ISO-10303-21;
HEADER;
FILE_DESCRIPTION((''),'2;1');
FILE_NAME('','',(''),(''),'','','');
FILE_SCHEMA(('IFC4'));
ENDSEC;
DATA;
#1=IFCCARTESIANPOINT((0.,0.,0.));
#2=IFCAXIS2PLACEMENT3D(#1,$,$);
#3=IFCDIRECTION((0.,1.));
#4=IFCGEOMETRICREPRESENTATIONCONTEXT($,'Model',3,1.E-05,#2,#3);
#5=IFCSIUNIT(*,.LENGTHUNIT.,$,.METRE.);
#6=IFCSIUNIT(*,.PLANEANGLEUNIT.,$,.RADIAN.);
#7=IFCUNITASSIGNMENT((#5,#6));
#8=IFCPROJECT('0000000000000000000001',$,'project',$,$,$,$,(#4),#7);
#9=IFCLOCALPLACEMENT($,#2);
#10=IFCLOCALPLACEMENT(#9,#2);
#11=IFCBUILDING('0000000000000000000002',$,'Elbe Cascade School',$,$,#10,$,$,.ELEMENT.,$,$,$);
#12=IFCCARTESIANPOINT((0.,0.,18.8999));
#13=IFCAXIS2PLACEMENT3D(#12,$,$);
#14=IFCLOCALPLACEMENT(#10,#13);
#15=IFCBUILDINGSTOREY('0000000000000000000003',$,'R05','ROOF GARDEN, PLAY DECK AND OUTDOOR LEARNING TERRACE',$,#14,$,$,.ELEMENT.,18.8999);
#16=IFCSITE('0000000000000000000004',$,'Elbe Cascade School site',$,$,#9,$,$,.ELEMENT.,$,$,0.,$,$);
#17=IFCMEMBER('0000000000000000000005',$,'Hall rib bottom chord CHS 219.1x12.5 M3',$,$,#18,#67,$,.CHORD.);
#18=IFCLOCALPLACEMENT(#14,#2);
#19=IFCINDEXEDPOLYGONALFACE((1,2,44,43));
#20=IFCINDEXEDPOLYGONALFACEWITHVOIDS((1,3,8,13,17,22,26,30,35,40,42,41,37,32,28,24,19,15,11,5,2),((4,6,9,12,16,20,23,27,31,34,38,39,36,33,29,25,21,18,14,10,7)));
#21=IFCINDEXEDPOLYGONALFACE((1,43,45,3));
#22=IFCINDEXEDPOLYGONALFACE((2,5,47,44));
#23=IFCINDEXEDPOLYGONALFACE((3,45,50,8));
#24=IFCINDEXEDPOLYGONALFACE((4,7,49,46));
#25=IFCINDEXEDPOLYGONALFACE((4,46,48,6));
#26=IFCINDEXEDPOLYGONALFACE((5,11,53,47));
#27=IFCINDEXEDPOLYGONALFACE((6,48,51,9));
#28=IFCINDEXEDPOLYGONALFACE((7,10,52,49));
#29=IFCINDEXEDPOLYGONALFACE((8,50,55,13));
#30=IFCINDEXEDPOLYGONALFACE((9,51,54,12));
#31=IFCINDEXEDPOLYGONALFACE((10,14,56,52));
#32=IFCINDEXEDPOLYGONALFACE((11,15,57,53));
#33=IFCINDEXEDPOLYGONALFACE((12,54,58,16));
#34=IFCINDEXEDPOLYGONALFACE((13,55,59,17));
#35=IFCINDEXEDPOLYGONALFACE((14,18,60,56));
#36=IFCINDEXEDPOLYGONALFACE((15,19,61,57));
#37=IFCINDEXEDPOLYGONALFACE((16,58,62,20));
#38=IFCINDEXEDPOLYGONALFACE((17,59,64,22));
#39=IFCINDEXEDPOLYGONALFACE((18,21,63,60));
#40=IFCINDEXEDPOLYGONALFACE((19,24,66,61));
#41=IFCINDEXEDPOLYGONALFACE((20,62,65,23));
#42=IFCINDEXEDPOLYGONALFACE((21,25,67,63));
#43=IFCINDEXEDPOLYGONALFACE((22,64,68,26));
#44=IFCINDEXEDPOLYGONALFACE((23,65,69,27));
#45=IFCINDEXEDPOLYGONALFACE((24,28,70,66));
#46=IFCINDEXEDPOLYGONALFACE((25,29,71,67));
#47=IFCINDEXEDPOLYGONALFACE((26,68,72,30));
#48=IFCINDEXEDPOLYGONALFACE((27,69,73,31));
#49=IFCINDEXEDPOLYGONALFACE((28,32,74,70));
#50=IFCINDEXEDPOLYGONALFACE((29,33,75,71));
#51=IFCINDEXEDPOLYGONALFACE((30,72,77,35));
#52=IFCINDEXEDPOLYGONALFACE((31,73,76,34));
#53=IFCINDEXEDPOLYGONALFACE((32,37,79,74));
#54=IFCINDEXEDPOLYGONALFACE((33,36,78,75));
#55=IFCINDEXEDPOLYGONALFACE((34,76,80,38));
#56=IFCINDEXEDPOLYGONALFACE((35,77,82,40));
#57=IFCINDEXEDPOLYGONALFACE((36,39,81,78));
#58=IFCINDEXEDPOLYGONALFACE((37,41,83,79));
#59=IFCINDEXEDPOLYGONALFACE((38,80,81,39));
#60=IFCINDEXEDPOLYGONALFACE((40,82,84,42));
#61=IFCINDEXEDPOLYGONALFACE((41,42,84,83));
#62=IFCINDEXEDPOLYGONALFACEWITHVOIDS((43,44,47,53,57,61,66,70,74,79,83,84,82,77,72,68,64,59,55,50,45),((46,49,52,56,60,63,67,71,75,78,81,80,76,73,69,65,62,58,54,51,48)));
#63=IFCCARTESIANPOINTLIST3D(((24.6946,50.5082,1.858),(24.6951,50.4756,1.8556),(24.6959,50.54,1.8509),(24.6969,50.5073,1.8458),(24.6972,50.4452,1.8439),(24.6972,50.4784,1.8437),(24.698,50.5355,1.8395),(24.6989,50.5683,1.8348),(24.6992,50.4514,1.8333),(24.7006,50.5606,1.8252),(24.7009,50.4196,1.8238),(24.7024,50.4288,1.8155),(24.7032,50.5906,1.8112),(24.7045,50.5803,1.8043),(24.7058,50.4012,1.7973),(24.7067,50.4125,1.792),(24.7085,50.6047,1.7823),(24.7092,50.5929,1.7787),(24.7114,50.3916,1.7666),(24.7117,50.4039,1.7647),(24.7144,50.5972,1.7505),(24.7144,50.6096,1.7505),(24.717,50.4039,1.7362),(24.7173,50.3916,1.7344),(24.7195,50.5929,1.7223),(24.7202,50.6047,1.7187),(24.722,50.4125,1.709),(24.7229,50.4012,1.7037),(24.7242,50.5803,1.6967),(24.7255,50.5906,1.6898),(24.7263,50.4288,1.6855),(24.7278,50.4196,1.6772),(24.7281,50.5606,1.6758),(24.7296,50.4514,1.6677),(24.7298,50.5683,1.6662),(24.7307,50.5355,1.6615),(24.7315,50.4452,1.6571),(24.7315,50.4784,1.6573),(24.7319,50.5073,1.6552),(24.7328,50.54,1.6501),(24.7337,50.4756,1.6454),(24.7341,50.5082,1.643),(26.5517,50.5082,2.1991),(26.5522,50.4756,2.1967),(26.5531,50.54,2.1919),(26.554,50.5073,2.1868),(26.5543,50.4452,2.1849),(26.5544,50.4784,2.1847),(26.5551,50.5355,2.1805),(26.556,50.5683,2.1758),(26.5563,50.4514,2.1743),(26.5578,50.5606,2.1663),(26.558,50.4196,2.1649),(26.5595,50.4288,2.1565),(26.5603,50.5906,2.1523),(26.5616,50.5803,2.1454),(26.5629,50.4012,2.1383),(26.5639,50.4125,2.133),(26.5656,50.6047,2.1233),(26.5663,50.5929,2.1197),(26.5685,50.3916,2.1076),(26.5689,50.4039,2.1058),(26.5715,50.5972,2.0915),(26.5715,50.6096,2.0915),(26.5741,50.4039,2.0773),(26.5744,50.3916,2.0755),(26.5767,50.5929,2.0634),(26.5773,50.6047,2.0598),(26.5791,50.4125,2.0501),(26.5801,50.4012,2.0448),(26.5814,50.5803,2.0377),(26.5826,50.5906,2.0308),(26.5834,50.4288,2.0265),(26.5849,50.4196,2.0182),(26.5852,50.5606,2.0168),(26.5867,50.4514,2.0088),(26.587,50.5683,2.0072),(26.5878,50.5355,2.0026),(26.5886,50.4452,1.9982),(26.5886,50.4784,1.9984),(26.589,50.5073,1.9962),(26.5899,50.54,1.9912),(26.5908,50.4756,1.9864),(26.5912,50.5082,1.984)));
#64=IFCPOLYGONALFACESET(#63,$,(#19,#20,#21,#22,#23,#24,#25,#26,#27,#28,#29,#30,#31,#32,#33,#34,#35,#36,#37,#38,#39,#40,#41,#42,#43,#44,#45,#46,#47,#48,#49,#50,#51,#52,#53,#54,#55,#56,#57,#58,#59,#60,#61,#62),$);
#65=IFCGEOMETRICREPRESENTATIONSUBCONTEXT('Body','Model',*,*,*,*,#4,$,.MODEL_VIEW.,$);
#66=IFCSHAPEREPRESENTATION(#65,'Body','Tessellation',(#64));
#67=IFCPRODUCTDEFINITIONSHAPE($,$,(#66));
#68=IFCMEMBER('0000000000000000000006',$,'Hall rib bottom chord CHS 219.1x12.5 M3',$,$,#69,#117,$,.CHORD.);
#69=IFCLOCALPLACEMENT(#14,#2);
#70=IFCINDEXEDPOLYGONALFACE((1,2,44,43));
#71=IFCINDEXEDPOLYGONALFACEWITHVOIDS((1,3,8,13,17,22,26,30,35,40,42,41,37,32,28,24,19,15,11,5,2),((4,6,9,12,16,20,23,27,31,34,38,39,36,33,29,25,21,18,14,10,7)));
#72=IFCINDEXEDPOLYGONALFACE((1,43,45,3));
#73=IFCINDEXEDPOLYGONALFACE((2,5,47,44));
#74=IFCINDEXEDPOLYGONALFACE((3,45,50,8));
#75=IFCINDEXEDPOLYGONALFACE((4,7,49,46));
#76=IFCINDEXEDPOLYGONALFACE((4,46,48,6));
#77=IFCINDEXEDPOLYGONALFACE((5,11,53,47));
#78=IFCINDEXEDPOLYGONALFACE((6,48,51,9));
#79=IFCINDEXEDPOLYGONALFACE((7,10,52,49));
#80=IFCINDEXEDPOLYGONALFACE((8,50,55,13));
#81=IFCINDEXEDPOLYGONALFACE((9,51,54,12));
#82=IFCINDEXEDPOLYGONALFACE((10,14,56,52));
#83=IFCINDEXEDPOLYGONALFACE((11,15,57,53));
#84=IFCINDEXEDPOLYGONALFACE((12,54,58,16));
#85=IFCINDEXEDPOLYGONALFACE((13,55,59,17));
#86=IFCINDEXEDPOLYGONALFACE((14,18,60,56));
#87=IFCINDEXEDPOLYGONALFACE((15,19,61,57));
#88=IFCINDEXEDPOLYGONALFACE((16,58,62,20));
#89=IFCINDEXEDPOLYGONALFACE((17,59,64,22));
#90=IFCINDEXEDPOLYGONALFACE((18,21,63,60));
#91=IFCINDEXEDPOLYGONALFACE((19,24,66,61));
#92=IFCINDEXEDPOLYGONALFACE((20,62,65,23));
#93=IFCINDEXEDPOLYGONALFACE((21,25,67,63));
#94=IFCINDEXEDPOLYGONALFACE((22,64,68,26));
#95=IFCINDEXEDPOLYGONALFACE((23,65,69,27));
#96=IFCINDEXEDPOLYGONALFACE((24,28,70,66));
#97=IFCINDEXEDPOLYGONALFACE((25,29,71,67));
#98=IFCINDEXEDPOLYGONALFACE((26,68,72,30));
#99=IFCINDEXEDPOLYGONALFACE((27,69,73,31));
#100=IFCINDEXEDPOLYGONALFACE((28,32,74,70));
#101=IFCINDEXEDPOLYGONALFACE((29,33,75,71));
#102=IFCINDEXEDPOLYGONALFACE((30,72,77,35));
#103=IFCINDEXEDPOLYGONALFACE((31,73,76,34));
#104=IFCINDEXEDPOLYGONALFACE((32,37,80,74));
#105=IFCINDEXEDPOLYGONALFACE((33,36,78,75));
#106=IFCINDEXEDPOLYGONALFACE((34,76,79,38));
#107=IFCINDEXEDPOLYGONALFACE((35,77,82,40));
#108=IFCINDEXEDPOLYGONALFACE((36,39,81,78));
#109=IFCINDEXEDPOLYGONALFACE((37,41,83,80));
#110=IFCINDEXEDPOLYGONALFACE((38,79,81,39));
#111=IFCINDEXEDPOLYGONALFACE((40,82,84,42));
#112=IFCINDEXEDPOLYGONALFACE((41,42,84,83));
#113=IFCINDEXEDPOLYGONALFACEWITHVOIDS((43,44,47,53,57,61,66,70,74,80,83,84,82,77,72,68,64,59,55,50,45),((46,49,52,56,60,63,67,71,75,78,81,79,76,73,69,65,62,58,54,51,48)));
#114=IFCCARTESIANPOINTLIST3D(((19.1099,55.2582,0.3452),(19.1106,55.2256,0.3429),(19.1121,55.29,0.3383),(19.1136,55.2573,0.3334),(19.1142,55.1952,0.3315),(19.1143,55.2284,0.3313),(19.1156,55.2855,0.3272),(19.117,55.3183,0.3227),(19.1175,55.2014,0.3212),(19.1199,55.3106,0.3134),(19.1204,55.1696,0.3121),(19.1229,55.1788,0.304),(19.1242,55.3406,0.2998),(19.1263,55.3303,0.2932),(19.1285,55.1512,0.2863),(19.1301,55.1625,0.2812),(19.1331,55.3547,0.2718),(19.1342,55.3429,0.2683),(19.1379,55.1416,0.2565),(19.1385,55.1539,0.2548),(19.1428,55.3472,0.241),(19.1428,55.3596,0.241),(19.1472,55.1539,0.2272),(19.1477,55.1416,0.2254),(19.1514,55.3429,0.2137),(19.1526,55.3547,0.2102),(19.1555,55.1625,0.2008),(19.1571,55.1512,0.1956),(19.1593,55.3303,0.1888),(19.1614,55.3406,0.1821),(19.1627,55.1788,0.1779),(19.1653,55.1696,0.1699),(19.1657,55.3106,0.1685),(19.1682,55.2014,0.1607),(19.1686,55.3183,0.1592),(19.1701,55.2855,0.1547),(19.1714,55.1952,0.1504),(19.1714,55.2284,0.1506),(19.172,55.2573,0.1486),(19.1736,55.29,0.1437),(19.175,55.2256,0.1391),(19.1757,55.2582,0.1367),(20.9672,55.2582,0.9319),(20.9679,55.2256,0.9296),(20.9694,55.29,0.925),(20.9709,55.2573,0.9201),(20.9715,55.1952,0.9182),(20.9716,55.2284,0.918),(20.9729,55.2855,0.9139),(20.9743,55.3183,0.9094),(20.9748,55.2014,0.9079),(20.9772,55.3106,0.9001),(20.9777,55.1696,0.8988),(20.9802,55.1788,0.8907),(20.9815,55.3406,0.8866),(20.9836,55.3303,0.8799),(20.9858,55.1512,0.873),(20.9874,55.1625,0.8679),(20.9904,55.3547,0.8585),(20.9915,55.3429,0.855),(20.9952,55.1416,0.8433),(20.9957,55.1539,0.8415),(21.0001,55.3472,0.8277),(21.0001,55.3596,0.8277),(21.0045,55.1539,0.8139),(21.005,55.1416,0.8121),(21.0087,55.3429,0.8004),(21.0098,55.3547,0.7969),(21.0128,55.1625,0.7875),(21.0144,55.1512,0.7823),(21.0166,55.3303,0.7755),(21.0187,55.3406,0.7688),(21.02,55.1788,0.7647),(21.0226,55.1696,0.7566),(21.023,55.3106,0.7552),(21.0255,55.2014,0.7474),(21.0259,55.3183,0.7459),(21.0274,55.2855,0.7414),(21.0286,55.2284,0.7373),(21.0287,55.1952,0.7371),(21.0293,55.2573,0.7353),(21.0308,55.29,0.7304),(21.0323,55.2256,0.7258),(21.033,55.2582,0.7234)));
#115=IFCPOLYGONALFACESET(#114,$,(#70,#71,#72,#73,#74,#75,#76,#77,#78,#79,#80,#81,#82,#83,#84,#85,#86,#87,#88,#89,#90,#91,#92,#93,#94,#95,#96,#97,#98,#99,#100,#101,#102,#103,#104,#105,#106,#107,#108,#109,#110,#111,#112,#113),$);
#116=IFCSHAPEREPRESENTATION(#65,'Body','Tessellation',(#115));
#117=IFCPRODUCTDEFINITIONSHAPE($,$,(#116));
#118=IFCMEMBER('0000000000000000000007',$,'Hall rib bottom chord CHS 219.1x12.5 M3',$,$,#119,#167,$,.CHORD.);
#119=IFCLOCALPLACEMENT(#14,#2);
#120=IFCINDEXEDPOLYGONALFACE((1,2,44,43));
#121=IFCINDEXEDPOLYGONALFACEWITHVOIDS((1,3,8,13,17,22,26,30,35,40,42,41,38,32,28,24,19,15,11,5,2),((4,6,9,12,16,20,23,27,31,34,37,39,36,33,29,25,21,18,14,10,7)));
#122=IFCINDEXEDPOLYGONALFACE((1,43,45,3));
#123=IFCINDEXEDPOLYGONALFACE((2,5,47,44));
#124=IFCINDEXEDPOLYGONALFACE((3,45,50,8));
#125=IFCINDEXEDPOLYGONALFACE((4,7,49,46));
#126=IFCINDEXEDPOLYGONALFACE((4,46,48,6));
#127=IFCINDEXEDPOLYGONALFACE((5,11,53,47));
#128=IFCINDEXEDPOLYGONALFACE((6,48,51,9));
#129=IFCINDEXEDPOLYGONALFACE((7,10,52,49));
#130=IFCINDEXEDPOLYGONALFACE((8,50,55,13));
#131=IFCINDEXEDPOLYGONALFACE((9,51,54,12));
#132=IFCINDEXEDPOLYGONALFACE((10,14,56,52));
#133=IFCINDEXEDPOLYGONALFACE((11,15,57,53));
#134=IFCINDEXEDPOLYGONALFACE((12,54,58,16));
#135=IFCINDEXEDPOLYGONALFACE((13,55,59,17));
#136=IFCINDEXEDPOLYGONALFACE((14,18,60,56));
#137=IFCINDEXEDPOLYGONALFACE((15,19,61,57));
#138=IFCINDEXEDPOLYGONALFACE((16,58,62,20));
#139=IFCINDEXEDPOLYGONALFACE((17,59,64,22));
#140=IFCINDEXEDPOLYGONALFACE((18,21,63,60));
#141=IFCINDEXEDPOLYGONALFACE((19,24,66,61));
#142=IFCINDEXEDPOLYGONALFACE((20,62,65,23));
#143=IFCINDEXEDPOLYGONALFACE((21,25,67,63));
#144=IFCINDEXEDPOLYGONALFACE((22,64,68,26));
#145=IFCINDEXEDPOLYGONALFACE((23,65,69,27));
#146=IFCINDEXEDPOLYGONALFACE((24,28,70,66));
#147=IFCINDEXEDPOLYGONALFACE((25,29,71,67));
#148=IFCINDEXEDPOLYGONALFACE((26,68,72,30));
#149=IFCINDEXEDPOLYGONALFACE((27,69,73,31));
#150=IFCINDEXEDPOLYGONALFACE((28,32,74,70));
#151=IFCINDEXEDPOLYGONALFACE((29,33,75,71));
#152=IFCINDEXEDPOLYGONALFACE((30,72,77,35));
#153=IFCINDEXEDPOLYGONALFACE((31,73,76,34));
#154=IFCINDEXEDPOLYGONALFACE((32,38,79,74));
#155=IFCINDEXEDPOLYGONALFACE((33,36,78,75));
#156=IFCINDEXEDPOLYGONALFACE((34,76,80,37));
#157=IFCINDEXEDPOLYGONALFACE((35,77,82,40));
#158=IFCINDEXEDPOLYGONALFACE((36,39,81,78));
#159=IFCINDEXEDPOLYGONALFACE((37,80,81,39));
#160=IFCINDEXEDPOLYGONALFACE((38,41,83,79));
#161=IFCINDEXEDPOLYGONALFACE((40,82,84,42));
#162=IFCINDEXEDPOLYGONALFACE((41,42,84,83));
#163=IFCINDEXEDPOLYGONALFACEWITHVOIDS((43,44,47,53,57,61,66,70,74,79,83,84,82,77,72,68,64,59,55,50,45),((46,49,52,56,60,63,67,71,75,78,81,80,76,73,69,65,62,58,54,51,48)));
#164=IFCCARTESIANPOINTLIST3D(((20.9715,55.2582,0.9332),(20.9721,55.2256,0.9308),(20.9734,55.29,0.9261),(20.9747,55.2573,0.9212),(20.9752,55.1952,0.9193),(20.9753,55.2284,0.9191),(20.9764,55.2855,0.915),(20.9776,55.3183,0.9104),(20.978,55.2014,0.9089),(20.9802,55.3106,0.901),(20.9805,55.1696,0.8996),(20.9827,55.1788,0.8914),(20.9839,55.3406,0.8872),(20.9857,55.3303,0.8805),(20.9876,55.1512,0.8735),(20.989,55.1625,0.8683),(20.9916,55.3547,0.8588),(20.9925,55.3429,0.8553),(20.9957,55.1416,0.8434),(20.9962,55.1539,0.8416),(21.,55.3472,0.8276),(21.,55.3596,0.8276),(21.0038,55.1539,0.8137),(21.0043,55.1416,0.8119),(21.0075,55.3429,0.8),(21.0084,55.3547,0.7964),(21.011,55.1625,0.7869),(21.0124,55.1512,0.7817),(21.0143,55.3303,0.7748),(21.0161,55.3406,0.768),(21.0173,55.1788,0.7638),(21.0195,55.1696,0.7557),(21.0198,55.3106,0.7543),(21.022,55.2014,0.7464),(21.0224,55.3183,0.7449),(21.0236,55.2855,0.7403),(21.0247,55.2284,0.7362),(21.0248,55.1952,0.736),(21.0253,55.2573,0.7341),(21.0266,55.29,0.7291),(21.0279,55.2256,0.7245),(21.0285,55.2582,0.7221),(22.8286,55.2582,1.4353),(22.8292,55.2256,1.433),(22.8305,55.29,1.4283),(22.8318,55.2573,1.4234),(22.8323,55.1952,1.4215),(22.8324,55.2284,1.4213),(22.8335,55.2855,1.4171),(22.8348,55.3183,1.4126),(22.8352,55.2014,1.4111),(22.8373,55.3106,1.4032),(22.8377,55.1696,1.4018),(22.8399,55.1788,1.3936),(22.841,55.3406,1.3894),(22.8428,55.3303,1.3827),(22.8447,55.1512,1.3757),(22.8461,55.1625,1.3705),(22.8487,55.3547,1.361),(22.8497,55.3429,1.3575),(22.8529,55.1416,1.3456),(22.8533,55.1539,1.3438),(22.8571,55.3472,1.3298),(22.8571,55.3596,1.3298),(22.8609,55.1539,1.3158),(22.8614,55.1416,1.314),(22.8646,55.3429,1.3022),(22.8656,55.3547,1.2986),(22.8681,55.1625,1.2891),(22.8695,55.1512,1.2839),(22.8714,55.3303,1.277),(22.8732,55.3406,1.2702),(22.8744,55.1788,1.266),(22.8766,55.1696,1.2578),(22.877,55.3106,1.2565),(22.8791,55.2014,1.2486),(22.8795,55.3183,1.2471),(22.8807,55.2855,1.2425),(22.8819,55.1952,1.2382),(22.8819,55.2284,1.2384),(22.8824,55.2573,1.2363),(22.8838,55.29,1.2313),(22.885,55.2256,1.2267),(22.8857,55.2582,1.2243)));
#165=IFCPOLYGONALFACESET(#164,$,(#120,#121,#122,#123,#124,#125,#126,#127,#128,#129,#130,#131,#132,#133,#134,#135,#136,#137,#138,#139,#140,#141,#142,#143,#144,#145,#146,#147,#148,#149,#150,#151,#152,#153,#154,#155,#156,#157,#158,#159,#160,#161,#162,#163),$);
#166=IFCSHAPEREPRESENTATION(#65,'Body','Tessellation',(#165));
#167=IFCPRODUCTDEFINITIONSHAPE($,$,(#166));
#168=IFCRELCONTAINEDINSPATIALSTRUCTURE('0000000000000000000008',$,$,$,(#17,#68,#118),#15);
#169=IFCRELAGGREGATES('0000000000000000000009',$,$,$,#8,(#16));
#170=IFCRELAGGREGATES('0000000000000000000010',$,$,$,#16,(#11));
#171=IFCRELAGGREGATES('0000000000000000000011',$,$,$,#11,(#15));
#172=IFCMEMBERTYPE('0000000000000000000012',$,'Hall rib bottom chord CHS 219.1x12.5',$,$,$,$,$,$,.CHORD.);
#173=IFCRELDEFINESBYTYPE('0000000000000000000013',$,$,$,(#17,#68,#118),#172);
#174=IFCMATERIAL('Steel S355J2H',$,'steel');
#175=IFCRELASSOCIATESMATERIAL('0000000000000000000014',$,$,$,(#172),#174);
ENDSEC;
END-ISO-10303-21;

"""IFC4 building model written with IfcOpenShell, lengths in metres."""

from ifc_helpers import new_model, si_unit, direction, frame, origin, origin_2d, place, context, subcontext, project, spatial, hollow_circle, extrude, material, material_profile, profile_set, type_object, element, save


model = new_model("IFC4")

# Units and contexts
model_context = context("Model", 3, precision=1e-05, world=origin(), true_north=direction((0.0, 1.0)))
body_context = subcontext(model_context, "Body", "Model", "MODEL_VIEW")
ifc_project = project(units=[si_unit("LENGTHUNIT", "METRE"), si_unit("PLANEANGLEUNIT", "RADIAN")], contexts=[model_context])

# Site, building, storey
site_placement = place(None, origin())
site = spatial("IfcSite", under=ifc_project, at=site_placement, Name="Elbe Cascade School site", CompositionType="ELEMENT", RefElevation=0.0)
building_placement = place(site_placement, origin())
building = spatial("IfcBuilding", under=site, at=building_placement, Name="Elbe Cascade School", CompositionType="ELEMENT")
storey_placement = place(building_placement, frame((0.0, 0.0, 18.8999)))
storey = spatial("IfcBuildingStorey", under=building, at=storey_placement, Name="R05", Description="ROOF GARDEN, PLAY DECK AND OUTDOOR LEARNING TERRACE", CompositionType="ELEMENT", Elevation=18.8999)

# Members
ifc_material_1 = material(Name="Steel S355J2H", Category="steel")
ifc_material_profile_1 = material_profile(ifc_material_1, hollow_circle(Radius=0.1096, WallThickness=0.0125, at=origin_2d()), Name="CHS 219.1x12.5")
ifc_profile_set_1 = profile_set([ifc_material_profile_1], Name="Steel S355J2H")
member_type_1 = type_object("IfcMemberType", Name="Hall rib bottom chord CHS 219.1x12.5", PredefinedType="CHORD", material=ifc_profile_set_1)
member_1_placement = place(storey_placement, frame((24.7144, 50.5, 1.7505), z_axis=(0.983552, 0.0, 0.180626), x_axis=(0.0, 1.0, 0.0)))
element("IfcMember", 1, at=member_1_placement, inside=storey, type_object=member_type_1, Name="Hall rib bottom chord CHS 219.1x12.5 M3", PredefinedType="CHORD", context=body_context, shape_type="SweptSolid", body=[
    extrude(hollow_circle(Radius=0.1096, WallThickness=0.0125, at=origin_2d()), origin(), (0.0, 0.0, 1.0), 1.8882),
])
member_2_placement = place(storey_placement, frame((19.1428, 55.25, 0.241), z_axis=(0.953554, 0.0, 0.301221), x_axis=(0.0, 1.0, 0.0)))
element("IfcMember", 2, at=member_2_placement, inside=storey, type_object=member_type_1, Name="Hall rib bottom chord CHS 219.1x12.5 M3", PredefinedType="CHORD", context=body_context, shape_type="SweptSolid", body=[
    extrude(hollow_circle(Radius=0.1096, WallThickness=0.0125, at=origin_2d()), origin(), (0.0, 0.0, 1.0), 1.9478),
])
member_3_placement = place(storey_placement, frame((21.0, 55.25, 0.8276), z_axis=(0.96533, 0.0, 0.261034), x_axis=(0.0, 1.0, 0.0)))
element("IfcMember", 3, at=member_3_placement, inside=storey, type_object=member_type_1, Name="Hall rib bottom chord CHS 219.1x12.5 M3", PredefinedType="CHORD", context=body_context, shape_type="SweptSolid", body=[
    extrude(hollow_circle(Radius=0.1096, WallThickness=0.0125, at=origin_2d()), origin(), (0.0, 0.0, 1.0), 1.9238),
])

save(model, "model.ifc")
